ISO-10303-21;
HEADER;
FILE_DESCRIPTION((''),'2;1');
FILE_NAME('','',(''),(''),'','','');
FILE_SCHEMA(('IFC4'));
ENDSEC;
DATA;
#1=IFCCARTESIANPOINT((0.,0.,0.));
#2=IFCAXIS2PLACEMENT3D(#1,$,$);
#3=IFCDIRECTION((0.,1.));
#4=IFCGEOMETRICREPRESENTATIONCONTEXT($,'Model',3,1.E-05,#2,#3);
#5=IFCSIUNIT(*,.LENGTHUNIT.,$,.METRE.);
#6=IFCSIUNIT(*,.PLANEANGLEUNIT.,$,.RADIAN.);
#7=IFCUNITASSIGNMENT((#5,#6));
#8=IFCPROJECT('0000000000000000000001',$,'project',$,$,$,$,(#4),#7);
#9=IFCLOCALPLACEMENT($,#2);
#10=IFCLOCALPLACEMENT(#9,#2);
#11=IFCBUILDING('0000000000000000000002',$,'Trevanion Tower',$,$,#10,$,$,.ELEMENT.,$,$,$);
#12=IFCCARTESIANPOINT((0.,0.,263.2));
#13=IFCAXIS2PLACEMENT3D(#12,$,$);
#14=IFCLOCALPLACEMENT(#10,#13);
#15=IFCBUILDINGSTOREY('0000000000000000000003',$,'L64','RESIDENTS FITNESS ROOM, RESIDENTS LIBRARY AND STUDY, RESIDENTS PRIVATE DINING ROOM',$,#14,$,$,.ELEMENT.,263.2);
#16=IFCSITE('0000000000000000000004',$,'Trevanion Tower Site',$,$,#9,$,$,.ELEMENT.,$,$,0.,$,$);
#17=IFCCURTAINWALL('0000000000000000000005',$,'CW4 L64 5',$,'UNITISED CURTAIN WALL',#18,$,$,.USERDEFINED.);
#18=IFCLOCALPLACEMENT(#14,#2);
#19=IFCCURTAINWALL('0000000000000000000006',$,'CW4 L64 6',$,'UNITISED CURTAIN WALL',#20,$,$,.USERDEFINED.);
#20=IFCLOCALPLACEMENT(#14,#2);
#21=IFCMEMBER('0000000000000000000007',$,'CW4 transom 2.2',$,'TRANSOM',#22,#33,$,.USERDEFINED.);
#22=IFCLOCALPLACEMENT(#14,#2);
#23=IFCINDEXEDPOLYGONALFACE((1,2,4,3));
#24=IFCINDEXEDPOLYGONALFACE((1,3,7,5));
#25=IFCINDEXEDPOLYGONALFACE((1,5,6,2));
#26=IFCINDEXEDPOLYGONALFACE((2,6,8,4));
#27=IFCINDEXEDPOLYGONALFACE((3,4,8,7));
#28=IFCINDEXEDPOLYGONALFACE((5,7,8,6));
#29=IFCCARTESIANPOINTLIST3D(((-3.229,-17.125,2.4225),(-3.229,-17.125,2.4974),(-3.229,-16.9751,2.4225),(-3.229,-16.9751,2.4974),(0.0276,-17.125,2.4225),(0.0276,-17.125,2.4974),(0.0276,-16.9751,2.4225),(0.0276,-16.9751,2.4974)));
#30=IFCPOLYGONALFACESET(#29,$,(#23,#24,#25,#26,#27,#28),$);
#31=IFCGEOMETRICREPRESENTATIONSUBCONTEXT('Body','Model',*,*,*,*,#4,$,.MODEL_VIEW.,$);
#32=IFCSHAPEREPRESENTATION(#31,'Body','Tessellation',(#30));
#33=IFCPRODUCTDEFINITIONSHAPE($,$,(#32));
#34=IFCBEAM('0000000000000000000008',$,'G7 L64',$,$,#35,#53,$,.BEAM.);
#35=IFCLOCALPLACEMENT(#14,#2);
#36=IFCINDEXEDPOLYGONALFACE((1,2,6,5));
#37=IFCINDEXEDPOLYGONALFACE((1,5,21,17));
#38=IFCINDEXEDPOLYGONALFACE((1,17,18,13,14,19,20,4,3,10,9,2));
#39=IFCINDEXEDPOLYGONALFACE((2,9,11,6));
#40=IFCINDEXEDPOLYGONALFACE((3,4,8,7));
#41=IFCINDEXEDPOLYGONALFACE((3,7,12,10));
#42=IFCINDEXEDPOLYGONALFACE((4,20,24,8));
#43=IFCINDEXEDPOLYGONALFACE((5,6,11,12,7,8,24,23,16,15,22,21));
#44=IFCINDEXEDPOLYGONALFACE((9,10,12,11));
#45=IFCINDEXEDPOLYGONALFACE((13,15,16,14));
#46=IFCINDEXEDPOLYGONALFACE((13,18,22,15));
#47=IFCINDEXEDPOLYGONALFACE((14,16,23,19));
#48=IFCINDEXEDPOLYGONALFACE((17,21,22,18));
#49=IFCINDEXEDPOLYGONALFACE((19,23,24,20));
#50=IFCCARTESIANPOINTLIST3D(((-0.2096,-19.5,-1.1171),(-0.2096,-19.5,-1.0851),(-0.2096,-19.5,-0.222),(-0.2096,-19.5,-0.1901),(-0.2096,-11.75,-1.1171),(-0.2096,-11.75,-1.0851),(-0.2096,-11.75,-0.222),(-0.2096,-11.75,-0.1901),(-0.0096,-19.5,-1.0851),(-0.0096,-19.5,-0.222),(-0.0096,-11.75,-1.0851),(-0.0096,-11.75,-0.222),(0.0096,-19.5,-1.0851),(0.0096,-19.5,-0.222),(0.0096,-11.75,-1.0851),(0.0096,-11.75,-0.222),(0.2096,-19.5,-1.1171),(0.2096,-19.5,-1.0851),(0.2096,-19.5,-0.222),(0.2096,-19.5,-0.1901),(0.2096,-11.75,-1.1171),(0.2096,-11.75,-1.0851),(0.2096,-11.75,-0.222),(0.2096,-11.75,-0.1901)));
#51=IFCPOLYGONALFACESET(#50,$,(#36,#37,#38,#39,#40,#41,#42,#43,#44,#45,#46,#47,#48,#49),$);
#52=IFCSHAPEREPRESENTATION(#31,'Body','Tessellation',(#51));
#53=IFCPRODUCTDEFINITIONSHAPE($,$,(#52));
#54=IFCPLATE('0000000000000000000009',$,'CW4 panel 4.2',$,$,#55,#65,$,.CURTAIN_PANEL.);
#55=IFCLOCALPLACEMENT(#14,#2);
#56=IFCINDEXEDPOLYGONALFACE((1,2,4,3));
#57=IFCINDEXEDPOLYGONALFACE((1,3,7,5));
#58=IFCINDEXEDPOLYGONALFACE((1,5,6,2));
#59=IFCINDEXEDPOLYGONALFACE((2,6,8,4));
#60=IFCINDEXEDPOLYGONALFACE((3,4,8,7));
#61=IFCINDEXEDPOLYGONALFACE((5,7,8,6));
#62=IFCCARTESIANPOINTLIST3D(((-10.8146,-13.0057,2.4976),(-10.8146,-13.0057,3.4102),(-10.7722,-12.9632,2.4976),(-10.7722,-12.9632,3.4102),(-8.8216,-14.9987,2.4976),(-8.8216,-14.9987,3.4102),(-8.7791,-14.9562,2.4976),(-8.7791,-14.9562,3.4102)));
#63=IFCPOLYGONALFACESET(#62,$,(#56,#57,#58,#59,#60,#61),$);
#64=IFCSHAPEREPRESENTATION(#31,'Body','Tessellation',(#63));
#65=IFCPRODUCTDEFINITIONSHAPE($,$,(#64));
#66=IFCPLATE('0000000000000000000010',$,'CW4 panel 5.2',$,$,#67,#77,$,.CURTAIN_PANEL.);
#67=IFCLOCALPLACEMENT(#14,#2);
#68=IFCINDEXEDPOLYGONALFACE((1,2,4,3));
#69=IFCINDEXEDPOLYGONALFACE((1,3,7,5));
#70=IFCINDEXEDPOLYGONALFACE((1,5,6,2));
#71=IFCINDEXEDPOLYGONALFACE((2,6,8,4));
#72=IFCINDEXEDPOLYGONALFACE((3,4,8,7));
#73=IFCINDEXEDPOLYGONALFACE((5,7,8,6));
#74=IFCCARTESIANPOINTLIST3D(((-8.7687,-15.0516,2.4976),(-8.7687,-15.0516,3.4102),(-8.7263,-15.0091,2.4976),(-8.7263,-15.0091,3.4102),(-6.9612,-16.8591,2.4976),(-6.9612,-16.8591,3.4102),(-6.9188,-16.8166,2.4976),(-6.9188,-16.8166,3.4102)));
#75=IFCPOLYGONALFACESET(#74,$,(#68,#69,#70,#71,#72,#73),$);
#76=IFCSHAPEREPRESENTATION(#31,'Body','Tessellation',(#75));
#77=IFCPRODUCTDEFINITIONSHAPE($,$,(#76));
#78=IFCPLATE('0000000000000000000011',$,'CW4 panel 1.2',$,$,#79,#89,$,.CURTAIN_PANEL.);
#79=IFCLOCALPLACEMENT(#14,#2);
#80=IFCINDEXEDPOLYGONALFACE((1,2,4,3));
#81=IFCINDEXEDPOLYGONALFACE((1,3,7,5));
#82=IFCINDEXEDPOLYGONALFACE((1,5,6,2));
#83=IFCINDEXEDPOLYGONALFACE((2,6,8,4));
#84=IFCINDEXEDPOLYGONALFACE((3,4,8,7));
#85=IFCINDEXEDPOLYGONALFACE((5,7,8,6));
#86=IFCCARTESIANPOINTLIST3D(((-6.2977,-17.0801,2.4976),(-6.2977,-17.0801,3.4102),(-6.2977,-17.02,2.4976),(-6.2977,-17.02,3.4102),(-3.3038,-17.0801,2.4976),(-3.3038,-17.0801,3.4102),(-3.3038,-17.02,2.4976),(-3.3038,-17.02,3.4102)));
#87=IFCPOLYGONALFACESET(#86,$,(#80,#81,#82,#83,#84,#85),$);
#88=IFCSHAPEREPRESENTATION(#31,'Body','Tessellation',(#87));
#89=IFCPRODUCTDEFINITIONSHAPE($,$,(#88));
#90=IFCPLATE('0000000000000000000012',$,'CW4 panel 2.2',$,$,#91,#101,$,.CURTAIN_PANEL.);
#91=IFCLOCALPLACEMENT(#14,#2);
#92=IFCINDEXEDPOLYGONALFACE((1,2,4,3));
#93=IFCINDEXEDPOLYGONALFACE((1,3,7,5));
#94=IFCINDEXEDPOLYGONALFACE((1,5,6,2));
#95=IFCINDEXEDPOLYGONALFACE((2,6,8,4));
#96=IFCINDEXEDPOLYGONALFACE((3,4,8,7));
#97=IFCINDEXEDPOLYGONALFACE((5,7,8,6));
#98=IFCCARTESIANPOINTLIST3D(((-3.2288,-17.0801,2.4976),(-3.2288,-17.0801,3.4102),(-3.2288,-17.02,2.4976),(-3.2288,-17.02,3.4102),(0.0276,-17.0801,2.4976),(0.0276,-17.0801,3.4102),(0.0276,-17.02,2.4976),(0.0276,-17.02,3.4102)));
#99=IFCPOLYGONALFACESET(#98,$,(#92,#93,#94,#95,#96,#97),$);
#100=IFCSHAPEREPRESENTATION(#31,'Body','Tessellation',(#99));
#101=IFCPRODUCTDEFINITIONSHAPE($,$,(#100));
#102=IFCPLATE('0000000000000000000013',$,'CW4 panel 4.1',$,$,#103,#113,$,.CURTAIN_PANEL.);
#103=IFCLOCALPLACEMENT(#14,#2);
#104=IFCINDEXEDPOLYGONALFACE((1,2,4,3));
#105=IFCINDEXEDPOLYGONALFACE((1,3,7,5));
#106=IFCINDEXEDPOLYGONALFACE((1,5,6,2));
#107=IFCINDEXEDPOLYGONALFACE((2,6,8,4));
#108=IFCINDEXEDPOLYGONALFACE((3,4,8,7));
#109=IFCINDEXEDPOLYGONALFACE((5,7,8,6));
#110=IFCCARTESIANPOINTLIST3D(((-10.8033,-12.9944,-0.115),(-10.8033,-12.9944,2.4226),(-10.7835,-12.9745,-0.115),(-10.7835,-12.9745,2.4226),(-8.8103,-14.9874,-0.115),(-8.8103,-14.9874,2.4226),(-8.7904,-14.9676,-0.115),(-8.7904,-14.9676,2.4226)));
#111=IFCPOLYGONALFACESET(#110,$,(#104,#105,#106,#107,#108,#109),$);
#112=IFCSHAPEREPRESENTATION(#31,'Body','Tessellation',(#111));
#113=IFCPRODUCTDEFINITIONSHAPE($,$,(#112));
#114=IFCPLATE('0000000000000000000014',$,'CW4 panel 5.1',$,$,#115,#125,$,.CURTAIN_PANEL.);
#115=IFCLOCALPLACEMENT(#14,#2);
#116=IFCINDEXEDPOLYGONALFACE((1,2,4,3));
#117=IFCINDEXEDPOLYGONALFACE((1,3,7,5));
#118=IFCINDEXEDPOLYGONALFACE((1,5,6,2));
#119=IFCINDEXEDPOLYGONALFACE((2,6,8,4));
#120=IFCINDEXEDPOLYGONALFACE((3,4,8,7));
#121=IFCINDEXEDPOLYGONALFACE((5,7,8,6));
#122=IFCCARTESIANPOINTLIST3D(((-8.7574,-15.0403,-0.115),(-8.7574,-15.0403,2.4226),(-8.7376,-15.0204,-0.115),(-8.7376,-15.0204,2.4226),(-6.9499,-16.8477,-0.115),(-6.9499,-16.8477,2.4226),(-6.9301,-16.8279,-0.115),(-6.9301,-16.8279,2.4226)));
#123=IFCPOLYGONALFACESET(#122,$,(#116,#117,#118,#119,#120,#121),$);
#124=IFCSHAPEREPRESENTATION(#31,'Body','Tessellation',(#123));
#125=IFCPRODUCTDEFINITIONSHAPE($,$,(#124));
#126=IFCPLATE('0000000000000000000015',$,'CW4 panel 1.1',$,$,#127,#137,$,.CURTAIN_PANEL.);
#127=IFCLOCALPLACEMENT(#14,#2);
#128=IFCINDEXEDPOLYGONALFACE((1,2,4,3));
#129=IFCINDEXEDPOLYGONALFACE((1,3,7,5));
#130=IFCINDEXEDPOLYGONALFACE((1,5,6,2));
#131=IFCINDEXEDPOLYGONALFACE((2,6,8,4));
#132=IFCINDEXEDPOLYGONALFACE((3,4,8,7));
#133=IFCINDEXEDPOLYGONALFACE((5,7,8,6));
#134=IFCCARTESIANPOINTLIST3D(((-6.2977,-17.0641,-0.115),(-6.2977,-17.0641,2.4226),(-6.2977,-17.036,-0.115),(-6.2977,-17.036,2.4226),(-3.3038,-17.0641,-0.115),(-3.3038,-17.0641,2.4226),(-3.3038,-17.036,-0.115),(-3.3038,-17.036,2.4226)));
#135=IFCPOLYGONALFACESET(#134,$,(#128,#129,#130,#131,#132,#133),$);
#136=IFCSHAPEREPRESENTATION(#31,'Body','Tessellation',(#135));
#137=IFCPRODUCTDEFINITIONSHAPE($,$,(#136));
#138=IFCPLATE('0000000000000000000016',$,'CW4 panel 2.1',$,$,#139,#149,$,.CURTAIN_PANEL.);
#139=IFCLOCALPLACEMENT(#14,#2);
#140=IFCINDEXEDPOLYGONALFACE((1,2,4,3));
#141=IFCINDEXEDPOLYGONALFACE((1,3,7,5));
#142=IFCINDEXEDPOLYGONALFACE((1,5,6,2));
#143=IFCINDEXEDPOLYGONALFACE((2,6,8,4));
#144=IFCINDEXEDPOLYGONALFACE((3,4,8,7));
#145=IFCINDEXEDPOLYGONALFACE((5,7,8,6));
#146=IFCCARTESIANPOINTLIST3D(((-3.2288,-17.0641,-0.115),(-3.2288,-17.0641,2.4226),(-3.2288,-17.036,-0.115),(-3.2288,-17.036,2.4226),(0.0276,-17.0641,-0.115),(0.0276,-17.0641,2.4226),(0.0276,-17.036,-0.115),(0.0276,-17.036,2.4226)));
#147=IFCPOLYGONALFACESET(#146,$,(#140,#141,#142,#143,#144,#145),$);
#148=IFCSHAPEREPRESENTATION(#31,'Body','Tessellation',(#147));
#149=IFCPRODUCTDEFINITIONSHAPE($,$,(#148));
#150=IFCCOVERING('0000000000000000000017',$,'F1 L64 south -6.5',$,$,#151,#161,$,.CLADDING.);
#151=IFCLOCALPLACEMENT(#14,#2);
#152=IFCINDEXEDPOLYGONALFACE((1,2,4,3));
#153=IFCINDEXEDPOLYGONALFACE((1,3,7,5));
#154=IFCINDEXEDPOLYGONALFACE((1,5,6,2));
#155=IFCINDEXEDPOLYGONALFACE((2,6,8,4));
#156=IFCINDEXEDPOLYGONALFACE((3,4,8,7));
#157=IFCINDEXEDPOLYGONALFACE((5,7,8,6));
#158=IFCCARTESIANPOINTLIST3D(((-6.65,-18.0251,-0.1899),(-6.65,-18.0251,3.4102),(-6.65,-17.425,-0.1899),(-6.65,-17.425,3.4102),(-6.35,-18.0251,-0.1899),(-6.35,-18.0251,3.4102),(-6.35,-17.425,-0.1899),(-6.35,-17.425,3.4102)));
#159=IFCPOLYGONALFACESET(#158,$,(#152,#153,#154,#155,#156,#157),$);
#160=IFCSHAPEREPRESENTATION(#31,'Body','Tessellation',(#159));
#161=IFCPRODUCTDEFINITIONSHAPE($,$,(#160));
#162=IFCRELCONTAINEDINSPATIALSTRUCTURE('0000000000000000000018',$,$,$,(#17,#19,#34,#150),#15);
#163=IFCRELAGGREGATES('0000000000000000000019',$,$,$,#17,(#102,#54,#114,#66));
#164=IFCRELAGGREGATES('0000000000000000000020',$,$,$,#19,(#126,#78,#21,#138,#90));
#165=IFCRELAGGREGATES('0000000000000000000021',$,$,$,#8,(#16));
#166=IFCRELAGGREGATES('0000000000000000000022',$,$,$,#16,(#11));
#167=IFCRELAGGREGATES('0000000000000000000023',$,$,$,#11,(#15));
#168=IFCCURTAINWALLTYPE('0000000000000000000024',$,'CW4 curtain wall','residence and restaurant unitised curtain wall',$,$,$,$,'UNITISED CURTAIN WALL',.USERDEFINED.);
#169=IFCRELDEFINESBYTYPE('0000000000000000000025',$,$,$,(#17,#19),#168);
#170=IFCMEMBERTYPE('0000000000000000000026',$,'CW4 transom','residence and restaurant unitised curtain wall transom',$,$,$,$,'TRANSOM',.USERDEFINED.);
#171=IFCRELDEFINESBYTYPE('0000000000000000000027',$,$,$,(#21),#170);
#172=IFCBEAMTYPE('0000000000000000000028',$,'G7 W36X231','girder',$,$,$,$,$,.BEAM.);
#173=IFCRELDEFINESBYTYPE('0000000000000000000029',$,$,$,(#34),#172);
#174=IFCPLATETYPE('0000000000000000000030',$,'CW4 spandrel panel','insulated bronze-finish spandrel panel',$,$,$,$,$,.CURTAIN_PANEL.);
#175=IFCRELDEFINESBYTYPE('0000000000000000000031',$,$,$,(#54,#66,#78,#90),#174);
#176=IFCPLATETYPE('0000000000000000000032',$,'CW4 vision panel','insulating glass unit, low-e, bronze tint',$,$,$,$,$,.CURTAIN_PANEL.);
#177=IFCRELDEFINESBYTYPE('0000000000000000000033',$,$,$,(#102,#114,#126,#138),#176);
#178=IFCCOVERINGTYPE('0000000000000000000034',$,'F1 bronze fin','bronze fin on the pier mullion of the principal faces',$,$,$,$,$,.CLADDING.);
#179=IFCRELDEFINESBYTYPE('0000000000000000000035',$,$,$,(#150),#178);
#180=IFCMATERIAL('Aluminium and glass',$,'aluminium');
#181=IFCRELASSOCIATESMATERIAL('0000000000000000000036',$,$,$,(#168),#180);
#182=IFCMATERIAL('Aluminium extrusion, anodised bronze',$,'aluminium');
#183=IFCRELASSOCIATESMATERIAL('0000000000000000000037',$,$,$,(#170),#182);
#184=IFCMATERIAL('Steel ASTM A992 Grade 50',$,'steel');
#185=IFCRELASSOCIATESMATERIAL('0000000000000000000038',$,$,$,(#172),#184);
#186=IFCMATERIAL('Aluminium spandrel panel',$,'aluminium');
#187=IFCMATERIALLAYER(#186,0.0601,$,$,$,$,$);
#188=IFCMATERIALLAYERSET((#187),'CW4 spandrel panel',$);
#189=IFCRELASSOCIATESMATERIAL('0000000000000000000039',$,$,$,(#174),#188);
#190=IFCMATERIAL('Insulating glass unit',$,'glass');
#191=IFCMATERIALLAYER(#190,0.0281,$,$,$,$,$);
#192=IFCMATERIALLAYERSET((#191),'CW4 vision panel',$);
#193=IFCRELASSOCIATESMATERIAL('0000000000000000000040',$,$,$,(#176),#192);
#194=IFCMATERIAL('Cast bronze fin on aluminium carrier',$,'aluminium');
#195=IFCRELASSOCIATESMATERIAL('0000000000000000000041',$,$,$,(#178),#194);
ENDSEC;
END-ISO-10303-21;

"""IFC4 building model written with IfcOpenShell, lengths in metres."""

from ifc_helpers import new_model, si_unit, direction, frame, origin, origin_2d, place, context, subcontext, project, spatial, rectangle, i_section, extrude, material, layer, layer_set, material_profile, profile_set, type_object, element, aggregate, save


model = new_model("IFC4")

# Units and contexts
model_context = context("Model", 3, precision=1e-05, world=origin(), true_north=direction((0.0, 1.0)))
body_context = subcontext(model_context, "Body", "Model", "MODEL_VIEW")
ifc_project = project(units=[si_unit("LENGTHUNIT", "METRE"), si_unit("PLANEANGLEUNIT", "RADIAN")], contexts=[model_context])

# Site, building, storey
site_placement = place(None, origin())
site = spatial("IfcSite", under=ifc_project, at=site_placement, Name="Trevanion Tower Site", CompositionType="ELEMENT", RefElevation=0.0)
building_placement = place(site_placement, origin())
building = spatial("IfcBuilding", under=site, at=building_placement, Name="Trevanion Tower", CompositionType="ELEMENT")
storey_placement = place(building_placement, frame((0.0, 0.0, 263.2)))
storey = spatial("IfcBuildingStorey", under=building, at=storey_placement, Name="L64", Description="RESIDENTS FITNESS ROOM, RESIDENTS LIBRARY AND STUDY, RESIDENTS PRIVATE DINING ROOM", CompositionType="ELEMENT", Elevation=263.2)

# Curtain walls
ifc_material_1 = material(Name="Aluminium and glass", Category="aluminium")
curtain_wall_type = type_object("IfcCurtainWallType", Name="CW4 curtain wall", Description="residence and restaurant unitised curtain wall", ElementType="UNITISED CURTAIN WALL", PredefinedType="USERDEFINED", material=ifc_material_1)
curtain_wall_1_placement = place(storey_placement, origin())
curtain_wall_1 = element("IfcCurtainWall", 1, at=curtain_wall_1_placement, inside=storey, type_object=curtain_wall_type, Name="CW4 L64 5", ObjectType="UNITISED CURTAIN WALL", PredefinedType="USERDEFINED")
curtain_wall_2_placement = place(storey_placement, origin())
curtain_wall_2 = element("IfcCurtainWall", 2, at=curtain_wall_2_placement, inside=storey, type_object=curtain_wall_type, Name="CW4 L64 6", ObjectType="UNITISED CURTAIN WALL", PredefinedType="USERDEFINED")

# Member
ifc_material_2 = material(Name="Aluminium extrusion, anodised bronze", Category="aluminium")
ifc_material_profile_1 = material_profile(ifc_material_2, rectangle(XDim=0.1499, YDim=0.075, at=origin_2d()), Name="CW4 transom")
ifc_profile_set_1 = profile_set([ifc_material_profile_1], Name="Aluminium extrusion, anodised bronze")
member_type_1 = type_object("IfcMemberType", Name="CW4 transom", Description="residence and restaurant unitised curtain wall transom", ElementType="TRANSOM", PredefinedType="USERDEFINED", material=ifc_profile_set_1)
member_1_placement = place(storey_placement, frame((-3.229, -17.05, 2.46), z_axis=(1.0, 0.0, 0.0), x_axis=(0.0, 1.0, 0.0)))
member_1 = element("IfcMember", 3, at=member_1_placement, type_object=member_type_1, Name="CW4 transom 2.2", ObjectType="TRANSOM", PredefinedType="USERDEFINED", context=body_context, shape_type="SweptSolid", body=[
    extrude(rectangle(XDim=0.1499, YDim=0.075, at=origin_2d()), origin(), (0.0, 0.0, 1.0), 3.2566),
])

# Beam
ifc_material_3 = material(Name="Steel ASTM A992 Grade 50", Category="steel")
ifc_material_profile_2 = material_profile(ifc_material_3, i_section(OverallWidth=0.4192, OverallDepth=0.927, WebThickness=0.0193, FlangeThickness=0.032, at=origin_2d()), Name="W36X231")
ifc_profile_set_2 = profile_set([ifc_material_profile_2], Name="Steel ASTM A992 Grade 50")
beam_type_1 = type_object("IfcBeamType", Name="G7 W36X231", Description="girder", PredefinedType="BEAM", material=ifc_profile_set_2)
beam_placement = place(storey_placement, frame((0.0, -11.75, -0.6536), z_axis=(0.0, -1.0, 0.0), x_axis=(1.0, 0.0, 0.0)))
element("IfcBeam", 4, at=beam_placement, inside=storey, type_object=beam_type_1, Name="G7 L64", PredefinedType="BEAM", context=body_context, shape_type="SweptSolid", body=[
    extrude(i_section(OverallWidth=0.4192, OverallDepth=0.927, WebThickness=0.0193, FlangeThickness=0.032, at=origin_2d()), origin(), (0.0, 0.0, 1.0), 7.75),
])

# Plates
ifc_material_4 = material(Name="Aluminium spandrel panel", Category="aluminium")
ifc_layer_1 = layer(ifc_material_4, 0.0601)
ifc_layer_set_1 = layer_set([ifc_layer_1], Name="CW4 spandrel panel")
plate_type_1 = type_object("IfcPlateType", Name="CW4 spandrel panel", Description="insulated bronze-finish spandrel panel", PredefinedType="CURTAIN_PANEL", material=ifc_layer_set_1)
plate_1_placement = place(storey_placement, frame((-9.7969, -13.981, 2.4976), z_axis=(0.0, 0.0, 1.0), x_axis=(0.707107, -0.707107, 0.0)))
plate_1 = element("IfcPlate", 5, at=plate_1_placement, type_object=plate_type_1, Name="CW4 panel 4.2", PredefinedType="CURTAIN_PANEL", context=body_context, shape_type="SweptSolid", body=[
    extrude(rectangle(XDim=2.8186, YDim=0.0601, at=origin_2d()), origin(), (0.0, 0.0, 1.0), 0.9126),
])
plate_2_placement = place(storey_placement, frame((-7.8438, -15.9341, 2.4976), z_axis=(0.0, 0.0, 1.0), x_axis=(0.707107, -0.707107, 0.0)))
plate_2 = element("IfcPlate", 6, at=plate_2_placement, type_object=plate_type_1, Name="CW4 panel 5.2", PredefinedType="CURTAIN_PANEL", context=body_context, shape_type="SweptSolid", body=[
    extrude(rectangle(XDim=2.5562, YDim=0.0601, at=origin_2d()), origin(), (0.0, 0.0, 1.0), 0.9126),
])
plate_3_placement = place(storey_placement, frame((-4.8008, -17.05, 2.4976), z_axis=(0.0, 0.0, 1.0), x_axis=(1.0, 0.0, 0.0)))
plate_3 = element("IfcPlate", 7, at=plate_3_placement, type_object=plate_type_1, Name="CW4 panel 1.2", PredefinedType="CURTAIN_PANEL", context=body_context, shape_type="SweptSolid", body=[
    extrude(rectangle(XDim=2.9939, YDim=0.0601, at=origin_2d()), origin(), (0.0, 0.0, 1.0), 0.9126),
])
plate_4_placement = place(storey_placement, frame((-1.6006, -17.05, 2.4976), z_axis=(0.0, 0.0, 1.0), x_axis=(1.0, 0.0, 0.0)))
plate_4 = element("IfcPlate", 8, at=plate_4_placement, type_object=plate_type_1, Name="CW4 panel 2.2", PredefinedType="CURTAIN_PANEL", context=body_context, shape_type="SweptSolid", body=[
    extrude(rectangle(XDim=3.2563, YDim=0.0601, at=origin_2d()), origin(), (0.0, 0.0, 1.0), 0.9126),
])
ifc_material_5 = material(Name="Insulating glass unit", Category="glass")
ifc_layer_2 = layer(ifc_material_5, 0.0281)
ifc_layer_set_2 = layer_set([ifc_layer_2], Name="CW4 vision panel")
plate_type_2 = type_object("IfcPlateType", Name="CW4 vision panel", Description="insulating glass unit, low-e, bronze tint", PredefinedType="CURTAIN_PANEL", material=ifc_layer_set_2)
plate_5_placement = place(storey_placement, frame((-9.7969, -13.981, -0.115), z_axis=(0.0, 0.0, 1.0), x_axis=(0.707107, -0.707107, 0.0)))
plate_5 = element("IfcPlate", 9, at=plate_5_placement, type_object=plate_type_2, Name="CW4 panel 4.1", PredefinedType="CURTAIN_PANEL", context=body_context, shape_type="SweptSolid", body=[
    extrude(rectangle(XDim=2.8186, YDim=0.0281, at=origin_2d()), origin(), (0.0, 0.0, 1.0), 2.5376),
])
plate_6_placement = place(storey_placement, frame((-7.8438, -15.9341, -0.115), z_axis=(0.0, 0.0, 1.0), x_axis=(0.707107, -0.707107, 0.0)))
plate_6 = element("IfcPlate", 10, at=plate_6_placement, type_object=plate_type_2, Name="CW4 panel 5.1", PredefinedType="CURTAIN_PANEL", context=body_context, shape_type="SweptSolid", body=[
    extrude(rectangle(XDim=2.5562, YDim=0.0281, at=origin_2d()), origin(), (0.0, 0.0, 1.0), 2.5376),
])
aggregate(curtain_wall_1, [plate_5, plate_1, plate_6, plate_2])
plate_7_placement = place(storey_placement, frame((-4.8008, -17.05, -0.115), z_axis=(0.0, 0.0, 1.0), x_axis=(1.0, 0.0, 0.0)))
plate_7 = element("IfcPlate", 11, at=plate_7_placement, type_object=plate_type_2, Name="CW4 panel 1.1", PredefinedType="CURTAIN_PANEL", context=body_context, shape_type="SweptSolid", body=[
    extrude(rectangle(XDim=2.9939, YDim=0.0281, at=origin_2d()), origin(), (0.0, 0.0, 1.0), 2.5376),
])
plate_8_placement = place(storey_placement, frame((-1.6006, -17.05, -0.115), z_axis=(0.0, 0.0, 1.0), x_axis=(1.0, 0.0, 0.0)))
plate_8 = element("IfcPlate", 12, at=plate_8_placement, type_object=plate_type_2, Name="CW4 panel 2.1", PredefinedType="CURTAIN_PANEL", context=body_context, shape_type="SweptSolid", body=[
    extrude(rectangle(XDim=3.2563, YDim=0.0281, at=origin_2d()), origin(), (0.0, 0.0, 1.0), 2.5376),
])
aggregate(curtain_wall_2, [plate_7, plate_3, member_1, plate_8, plate_4])

# Covering
ifc_material_6 = material(Name="Cast bronze fin on aluminium carrier", Category="aluminium")
covering_type = type_object("IfcCoveringType", Name="F1 bronze fin", Description="bronze fin on the pier mullion of the principal faces", PredefinedType="CLADDING", material=ifc_material_6)
covering_placement = place(storey_placement, frame((-6.5, -17.7251, -0.1899), z_axis=(0.0, 0.0, 1.0), x_axis=(1.0, 0.0, 0.0)))
element("IfcCovering", 13, at=covering_placement, inside=storey, type_object=covering_type, Name="F1 L64 south -6.5", PredefinedType="CLADDING", context=body_context, shape_type="SweptSolid", body=[
    extrude(rectangle(XDim=0.3, YDim=0.6001, at=origin_2d()), origin(), (0.0, 0.0, 1.0), 3.6001),
])

save(model, "model.ifc")
